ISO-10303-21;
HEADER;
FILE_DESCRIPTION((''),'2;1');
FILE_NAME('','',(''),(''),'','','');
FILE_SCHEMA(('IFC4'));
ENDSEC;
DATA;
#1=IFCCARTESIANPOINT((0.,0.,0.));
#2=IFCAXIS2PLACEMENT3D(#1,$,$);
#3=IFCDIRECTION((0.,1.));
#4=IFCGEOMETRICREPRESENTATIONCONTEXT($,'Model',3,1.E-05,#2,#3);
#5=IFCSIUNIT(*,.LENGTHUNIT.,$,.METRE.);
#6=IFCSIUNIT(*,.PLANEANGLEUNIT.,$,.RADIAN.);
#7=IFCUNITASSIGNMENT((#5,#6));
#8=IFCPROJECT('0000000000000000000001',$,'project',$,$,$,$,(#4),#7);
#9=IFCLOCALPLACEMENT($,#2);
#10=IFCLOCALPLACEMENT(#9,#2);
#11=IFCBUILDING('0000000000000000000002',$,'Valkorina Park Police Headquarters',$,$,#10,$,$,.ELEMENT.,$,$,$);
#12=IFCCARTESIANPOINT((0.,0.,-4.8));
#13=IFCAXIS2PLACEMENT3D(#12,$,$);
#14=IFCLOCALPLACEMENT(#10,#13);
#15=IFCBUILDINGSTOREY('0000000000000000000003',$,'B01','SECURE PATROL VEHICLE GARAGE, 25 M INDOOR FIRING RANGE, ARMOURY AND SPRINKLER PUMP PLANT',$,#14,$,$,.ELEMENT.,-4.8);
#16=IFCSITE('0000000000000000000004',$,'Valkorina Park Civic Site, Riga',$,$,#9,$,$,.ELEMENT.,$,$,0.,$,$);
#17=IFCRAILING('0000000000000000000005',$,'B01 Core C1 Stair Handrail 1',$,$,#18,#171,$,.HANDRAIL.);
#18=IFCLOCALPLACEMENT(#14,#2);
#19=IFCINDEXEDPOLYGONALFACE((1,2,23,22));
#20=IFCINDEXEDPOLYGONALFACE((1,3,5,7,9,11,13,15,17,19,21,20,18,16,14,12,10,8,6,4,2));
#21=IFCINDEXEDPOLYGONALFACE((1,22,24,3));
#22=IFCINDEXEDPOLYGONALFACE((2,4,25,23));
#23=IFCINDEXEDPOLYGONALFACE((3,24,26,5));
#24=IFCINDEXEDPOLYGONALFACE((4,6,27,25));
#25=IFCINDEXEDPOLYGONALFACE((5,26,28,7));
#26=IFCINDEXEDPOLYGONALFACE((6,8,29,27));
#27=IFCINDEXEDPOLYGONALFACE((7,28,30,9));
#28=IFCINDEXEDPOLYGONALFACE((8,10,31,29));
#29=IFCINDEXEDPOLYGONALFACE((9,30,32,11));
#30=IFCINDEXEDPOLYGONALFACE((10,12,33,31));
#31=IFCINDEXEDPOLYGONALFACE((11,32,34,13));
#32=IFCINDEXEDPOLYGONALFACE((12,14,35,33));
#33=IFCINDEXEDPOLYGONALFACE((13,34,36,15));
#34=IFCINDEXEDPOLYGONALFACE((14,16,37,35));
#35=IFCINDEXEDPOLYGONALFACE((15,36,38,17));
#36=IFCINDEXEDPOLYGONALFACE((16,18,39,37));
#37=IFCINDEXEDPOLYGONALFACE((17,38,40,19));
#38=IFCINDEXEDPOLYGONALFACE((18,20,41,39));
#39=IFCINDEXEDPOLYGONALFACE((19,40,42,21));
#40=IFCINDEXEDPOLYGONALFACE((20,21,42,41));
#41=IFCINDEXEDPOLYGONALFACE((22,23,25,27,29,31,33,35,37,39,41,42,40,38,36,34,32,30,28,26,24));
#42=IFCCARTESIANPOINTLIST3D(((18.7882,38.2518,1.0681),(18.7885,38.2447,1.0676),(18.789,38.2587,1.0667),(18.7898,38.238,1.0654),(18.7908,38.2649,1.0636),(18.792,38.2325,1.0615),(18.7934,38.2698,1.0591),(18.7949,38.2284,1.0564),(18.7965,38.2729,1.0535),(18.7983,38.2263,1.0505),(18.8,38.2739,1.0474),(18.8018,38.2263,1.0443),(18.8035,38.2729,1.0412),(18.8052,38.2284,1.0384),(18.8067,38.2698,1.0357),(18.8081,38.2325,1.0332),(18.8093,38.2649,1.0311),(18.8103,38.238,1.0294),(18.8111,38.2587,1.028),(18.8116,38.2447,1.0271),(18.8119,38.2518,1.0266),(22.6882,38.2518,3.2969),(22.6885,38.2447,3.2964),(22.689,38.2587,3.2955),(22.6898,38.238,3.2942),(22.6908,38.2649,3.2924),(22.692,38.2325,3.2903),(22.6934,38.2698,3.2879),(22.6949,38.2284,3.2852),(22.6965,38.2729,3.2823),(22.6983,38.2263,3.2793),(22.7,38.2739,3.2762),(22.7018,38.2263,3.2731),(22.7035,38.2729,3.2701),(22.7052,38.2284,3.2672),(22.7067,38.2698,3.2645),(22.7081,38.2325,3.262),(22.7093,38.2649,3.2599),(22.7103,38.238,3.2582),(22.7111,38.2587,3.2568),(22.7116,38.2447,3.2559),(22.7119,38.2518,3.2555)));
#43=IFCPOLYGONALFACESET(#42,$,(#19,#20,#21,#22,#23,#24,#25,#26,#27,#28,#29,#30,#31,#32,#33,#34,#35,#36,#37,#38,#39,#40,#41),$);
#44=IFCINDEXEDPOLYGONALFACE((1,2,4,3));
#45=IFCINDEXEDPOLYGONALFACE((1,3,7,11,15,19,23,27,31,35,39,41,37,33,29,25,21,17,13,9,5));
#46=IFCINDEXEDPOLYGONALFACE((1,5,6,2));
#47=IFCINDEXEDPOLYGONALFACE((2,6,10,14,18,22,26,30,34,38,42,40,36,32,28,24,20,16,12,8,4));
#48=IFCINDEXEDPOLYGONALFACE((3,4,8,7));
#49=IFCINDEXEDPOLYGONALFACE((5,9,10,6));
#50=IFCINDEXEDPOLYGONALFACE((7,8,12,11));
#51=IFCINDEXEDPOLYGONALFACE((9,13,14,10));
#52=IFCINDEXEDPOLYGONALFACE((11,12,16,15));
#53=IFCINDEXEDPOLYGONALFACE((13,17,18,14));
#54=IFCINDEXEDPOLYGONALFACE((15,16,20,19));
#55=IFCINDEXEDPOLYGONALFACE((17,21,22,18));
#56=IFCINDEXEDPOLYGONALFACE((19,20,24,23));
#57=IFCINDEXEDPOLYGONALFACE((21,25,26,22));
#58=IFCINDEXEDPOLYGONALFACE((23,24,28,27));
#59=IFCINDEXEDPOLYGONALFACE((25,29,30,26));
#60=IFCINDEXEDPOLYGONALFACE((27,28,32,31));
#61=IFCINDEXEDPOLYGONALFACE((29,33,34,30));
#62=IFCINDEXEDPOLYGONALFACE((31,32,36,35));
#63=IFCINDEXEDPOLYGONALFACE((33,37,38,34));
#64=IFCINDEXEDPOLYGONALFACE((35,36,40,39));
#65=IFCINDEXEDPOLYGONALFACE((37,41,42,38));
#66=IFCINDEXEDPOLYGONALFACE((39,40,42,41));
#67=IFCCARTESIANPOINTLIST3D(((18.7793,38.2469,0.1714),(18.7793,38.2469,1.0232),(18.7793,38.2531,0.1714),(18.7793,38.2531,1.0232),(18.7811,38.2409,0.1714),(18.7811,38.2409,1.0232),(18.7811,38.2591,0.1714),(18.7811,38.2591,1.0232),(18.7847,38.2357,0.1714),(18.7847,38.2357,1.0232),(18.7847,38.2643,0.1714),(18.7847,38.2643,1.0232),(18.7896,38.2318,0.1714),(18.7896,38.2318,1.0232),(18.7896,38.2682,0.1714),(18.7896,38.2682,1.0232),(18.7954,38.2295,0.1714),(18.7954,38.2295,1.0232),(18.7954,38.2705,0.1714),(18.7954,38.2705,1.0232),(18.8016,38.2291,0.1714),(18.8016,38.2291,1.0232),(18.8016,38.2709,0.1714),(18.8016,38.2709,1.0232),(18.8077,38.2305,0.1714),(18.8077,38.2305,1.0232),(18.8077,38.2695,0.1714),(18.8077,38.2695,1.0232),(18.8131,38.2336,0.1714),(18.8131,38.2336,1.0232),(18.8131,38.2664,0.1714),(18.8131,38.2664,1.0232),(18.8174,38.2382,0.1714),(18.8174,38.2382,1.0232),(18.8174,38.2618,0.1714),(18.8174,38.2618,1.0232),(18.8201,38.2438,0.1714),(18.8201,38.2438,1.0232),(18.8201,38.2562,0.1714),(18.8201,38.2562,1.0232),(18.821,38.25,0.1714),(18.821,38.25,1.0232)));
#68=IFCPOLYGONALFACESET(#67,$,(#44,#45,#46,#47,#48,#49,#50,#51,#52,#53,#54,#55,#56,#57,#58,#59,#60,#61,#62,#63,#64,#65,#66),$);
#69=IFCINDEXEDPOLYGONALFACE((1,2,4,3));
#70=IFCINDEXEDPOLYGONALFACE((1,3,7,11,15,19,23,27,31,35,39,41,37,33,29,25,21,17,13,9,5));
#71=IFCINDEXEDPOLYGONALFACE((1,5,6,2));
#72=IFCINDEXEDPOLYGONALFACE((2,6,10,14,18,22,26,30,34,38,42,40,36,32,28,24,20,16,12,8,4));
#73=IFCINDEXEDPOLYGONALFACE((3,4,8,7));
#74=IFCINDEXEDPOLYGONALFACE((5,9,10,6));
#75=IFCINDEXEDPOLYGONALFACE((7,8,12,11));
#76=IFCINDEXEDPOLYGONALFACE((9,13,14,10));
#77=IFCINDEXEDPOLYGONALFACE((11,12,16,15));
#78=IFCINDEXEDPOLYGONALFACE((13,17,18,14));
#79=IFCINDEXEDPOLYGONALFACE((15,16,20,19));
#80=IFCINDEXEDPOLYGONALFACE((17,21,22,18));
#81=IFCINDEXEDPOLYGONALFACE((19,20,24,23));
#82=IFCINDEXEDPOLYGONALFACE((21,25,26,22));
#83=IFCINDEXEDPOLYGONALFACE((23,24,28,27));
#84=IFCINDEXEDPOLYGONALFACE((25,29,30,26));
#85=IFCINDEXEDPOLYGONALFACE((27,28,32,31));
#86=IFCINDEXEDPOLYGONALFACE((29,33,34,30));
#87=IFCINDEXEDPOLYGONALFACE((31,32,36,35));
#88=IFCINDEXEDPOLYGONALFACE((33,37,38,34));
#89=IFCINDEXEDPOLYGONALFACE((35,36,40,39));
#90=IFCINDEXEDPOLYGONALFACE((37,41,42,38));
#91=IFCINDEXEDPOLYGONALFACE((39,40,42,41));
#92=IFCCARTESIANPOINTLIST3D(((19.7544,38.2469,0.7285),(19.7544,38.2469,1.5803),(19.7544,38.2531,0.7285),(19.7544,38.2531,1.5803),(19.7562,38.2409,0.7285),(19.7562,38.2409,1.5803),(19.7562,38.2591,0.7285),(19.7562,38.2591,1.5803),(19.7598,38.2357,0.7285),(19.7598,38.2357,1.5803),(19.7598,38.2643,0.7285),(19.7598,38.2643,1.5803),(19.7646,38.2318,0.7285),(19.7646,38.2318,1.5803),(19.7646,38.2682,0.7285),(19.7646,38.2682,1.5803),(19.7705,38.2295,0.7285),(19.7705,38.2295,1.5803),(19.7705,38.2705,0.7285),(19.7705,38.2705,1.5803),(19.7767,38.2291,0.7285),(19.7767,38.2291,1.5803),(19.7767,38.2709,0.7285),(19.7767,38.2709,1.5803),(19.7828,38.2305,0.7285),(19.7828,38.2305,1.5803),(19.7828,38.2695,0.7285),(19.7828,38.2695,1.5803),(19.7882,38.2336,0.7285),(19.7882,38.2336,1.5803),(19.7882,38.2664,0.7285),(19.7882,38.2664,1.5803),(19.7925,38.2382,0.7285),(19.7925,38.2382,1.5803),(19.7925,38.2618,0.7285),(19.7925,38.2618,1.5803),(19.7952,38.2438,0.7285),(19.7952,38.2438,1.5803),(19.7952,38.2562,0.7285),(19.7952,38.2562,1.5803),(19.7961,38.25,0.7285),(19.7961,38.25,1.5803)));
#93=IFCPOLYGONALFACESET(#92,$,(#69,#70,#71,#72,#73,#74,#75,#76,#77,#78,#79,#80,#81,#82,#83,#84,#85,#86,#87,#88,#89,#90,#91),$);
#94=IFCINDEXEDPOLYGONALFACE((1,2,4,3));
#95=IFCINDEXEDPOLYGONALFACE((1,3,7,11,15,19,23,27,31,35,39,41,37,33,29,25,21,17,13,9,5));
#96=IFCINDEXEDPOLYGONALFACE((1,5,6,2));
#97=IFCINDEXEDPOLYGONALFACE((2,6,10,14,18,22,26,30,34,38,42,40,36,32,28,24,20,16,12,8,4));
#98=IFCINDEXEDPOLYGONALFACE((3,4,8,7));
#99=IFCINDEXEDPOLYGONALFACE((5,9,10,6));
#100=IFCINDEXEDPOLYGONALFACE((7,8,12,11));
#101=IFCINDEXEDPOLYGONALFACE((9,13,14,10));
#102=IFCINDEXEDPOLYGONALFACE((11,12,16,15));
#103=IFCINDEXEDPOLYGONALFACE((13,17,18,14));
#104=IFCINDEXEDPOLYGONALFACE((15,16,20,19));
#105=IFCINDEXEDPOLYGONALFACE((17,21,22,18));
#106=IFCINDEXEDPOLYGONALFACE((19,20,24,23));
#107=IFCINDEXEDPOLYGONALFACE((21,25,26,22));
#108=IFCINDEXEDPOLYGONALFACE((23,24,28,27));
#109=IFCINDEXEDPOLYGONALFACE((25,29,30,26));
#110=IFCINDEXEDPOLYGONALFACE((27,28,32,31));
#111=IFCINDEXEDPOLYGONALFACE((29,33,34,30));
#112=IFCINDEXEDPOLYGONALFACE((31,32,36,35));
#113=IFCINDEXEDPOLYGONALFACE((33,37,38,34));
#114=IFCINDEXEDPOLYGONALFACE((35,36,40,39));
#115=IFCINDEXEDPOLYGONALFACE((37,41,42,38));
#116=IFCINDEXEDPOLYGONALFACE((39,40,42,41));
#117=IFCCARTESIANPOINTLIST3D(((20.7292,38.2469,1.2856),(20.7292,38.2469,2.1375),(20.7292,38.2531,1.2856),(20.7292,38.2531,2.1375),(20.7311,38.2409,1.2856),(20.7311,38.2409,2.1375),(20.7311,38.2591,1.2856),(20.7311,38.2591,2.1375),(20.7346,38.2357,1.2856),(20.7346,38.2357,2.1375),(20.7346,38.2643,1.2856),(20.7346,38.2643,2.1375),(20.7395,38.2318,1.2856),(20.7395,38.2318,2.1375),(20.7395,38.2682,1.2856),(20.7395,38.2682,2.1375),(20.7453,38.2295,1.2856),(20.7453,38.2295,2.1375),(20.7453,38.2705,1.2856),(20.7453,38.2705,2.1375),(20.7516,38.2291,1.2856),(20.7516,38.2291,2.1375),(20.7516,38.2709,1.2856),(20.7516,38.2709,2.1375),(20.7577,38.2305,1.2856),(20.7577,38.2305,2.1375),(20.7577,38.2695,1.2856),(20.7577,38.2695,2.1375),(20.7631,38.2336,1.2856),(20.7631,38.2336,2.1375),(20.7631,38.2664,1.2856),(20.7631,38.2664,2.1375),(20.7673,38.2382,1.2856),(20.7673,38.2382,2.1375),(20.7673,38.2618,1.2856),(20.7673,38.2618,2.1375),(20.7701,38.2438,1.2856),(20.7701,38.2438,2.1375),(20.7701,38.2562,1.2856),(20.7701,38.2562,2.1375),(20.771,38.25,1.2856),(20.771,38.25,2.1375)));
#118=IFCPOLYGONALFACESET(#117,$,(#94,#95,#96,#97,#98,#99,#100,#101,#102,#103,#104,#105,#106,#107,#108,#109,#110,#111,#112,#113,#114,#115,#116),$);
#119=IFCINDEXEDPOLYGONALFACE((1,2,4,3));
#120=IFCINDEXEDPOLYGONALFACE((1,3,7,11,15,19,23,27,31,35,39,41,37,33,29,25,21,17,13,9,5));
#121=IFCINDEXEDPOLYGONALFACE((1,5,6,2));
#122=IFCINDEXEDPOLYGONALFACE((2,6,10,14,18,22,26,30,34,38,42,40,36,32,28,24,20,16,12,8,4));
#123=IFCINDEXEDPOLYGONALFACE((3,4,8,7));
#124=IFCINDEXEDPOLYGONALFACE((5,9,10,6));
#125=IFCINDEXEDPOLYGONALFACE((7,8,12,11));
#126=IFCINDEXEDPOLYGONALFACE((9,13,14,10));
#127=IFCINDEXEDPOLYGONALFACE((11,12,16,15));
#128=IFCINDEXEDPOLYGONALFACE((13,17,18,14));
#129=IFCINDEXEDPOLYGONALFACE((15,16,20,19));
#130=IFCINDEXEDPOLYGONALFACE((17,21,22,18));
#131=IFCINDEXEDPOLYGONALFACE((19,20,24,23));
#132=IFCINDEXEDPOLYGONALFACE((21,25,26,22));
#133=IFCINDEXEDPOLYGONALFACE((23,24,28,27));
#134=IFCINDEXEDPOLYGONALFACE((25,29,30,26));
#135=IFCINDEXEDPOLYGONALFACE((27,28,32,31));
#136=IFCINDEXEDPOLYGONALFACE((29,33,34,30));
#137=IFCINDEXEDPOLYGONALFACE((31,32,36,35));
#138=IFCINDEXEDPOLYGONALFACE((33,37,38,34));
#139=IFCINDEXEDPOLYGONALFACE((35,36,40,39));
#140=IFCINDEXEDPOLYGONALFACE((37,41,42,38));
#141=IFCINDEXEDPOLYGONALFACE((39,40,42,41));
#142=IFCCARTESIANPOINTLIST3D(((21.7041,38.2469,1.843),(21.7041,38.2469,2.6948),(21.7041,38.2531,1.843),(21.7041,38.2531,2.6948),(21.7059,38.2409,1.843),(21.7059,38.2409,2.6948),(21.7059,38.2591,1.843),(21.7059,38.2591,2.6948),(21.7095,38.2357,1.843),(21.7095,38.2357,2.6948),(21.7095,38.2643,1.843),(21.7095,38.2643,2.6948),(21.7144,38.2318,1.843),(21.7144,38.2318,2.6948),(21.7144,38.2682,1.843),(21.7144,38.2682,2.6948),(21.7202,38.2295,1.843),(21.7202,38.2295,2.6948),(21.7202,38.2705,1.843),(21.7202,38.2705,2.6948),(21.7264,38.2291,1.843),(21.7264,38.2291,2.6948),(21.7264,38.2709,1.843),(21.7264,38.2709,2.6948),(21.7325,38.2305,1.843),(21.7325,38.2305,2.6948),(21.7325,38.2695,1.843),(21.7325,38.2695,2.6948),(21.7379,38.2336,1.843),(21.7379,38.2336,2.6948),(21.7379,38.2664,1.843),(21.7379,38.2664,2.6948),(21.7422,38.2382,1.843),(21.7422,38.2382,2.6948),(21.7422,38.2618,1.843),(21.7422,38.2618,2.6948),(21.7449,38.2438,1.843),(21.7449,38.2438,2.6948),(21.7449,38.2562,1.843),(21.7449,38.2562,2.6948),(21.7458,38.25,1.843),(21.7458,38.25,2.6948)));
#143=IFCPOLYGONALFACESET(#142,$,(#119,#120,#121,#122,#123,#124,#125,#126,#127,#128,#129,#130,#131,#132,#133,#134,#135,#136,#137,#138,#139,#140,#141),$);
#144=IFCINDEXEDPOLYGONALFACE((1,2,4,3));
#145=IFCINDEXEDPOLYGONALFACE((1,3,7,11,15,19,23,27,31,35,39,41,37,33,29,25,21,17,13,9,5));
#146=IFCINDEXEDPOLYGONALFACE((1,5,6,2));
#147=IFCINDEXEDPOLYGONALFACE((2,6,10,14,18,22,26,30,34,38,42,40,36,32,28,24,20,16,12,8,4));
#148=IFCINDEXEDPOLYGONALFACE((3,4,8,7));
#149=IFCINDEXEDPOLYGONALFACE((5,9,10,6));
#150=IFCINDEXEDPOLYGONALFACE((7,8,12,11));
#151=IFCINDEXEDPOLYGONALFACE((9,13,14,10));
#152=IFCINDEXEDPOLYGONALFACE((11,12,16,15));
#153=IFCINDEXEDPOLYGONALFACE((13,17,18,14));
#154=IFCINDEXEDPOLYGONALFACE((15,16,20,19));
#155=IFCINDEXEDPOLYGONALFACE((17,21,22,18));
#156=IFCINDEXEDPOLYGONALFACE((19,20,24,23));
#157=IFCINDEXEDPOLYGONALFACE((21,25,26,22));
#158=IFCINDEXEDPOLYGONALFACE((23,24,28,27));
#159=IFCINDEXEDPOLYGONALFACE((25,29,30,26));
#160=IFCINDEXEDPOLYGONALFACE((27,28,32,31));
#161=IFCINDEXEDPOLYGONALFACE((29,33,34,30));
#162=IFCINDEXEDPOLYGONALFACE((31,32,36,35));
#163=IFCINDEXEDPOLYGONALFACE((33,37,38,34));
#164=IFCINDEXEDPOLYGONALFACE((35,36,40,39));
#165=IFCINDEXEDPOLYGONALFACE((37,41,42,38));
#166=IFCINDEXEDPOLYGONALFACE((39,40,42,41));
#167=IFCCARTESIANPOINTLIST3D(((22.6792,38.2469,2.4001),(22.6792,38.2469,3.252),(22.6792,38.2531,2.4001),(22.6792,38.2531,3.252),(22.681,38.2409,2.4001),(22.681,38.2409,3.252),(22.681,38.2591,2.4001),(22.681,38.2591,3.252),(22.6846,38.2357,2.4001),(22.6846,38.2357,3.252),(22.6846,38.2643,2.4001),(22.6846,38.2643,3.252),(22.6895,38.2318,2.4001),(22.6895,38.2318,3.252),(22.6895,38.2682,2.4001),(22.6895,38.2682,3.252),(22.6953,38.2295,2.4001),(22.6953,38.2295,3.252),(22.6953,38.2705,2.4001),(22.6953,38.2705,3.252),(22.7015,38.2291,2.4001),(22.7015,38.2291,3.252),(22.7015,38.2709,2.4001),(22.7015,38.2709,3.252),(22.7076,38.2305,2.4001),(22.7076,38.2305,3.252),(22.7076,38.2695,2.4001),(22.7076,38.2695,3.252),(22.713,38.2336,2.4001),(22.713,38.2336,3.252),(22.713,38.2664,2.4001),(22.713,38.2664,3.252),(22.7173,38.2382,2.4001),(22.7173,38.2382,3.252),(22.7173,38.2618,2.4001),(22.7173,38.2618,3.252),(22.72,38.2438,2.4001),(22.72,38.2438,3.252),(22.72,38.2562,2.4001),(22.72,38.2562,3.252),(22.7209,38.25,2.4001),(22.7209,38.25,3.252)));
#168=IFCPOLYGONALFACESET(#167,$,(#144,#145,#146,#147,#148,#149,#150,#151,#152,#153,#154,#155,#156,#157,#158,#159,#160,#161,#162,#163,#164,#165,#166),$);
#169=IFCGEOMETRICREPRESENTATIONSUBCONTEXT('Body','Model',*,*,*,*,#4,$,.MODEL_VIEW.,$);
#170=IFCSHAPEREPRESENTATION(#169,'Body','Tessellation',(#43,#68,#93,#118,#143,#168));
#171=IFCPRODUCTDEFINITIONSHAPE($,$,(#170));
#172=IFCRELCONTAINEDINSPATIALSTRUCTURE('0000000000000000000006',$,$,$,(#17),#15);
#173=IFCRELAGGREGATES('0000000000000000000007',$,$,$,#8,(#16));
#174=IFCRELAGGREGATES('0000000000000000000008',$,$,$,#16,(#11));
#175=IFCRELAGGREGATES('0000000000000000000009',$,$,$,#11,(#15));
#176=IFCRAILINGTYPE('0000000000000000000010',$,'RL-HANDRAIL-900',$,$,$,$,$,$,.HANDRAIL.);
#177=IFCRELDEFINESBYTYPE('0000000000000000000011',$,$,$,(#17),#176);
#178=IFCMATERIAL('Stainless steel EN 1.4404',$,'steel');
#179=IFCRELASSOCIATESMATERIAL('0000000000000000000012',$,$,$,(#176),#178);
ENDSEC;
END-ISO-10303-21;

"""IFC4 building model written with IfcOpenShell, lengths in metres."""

from ifc_helpers import new_model, si_unit, direction, frame, origin, origin_2d, place, context, subcontext, project, spatial, circle, extrude, material, type_object, element, save


model = new_model("IFC4")

# Units and contexts
model_context = context("Model", 3, precision=1e-05, world=origin(), true_north=direction((0.0, 1.0)))
body_context = subcontext(model_context, "Body", "Model", "MODEL_VIEW")
ifc_project = project(units=[si_unit("LENGTHUNIT", "METRE"), si_unit("PLANEANGLEUNIT", "RADIAN")], contexts=[model_context])

# Site, building, storey
site_placement = place(None, origin())
site = spatial("IfcSite", under=ifc_project, at=site_placement, Name="Valkorina Park Civic Site, Riga", CompositionType="ELEMENT", RefElevation=0.0)
building_placement = place(site_placement, origin())
building = spatial("IfcBuilding", under=site, at=building_placement, Name="Valkorina Park Police Headquarters", CompositionType="ELEMENT")
storey_placement = place(building_placement, frame((0.0, 0.0, -4.8)))
storey = spatial("IfcBuildingStorey", under=building, at=storey_placement, Name="B01", Description="SECURE PATROL VEHICLE GARAGE, 25 M INDOOR FIRING RANGE, ARMOURY AND SPRINKLER PUMP PLANT", CompositionType="ELEMENT", Elevation=-4.8)

# Shared definitions
ifc_material_1 = material(Name="Stainless steel EN 1.4404", Category="steel")

# Railing
railing_type_1 = type_object("IfcRailingType", Name="RL-HANDRAIL-900", PredefinedType="HANDRAIL", material=ifc_material_1)
railing_1_placement = place(storey_placement, frame((18.8, 38.25, 0.1714)))
element("IfcRailing", 1, at=railing_1_placement, inside=storey, type_object=railing_type_1, Name="B01 Core C1 Stair Handrail 1", PredefinedType="HANDRAIL", context=body_context, shape_type="SweptSolid", body=[
    extrude(circle(Radius=0.0239, at=origin_2d()), frame((0.0, 0.0, 0.876), z_axis=(0.86822, 0.0, 0.49618), x_axis=(0.0, 1.0, 0.0)), (0.0, 0.0, 1.0), 4.4919),
    extrude(circle(Radius=0.021, at=origin_2d()), origin(), (0.0, 0.0, 1.0), 0.8518),
    extrude(circle(Radius=0.021, at=origin_2d()), frame((0.9751, 0.0, 0.5571)), (0.0, 0.0, 1.0), 0.8518),
    extrude(circle(Radius=0.021, at=origin_2d()), frame((1.95, 0.0, 1.1143)), (0.0, 0.0, 1.0), 0.8518),
    extrude(circle(Radius=0.021, at=origin_2d()), frame((2.9248, 0.0, 1.6716)), (0.0, 0.0, 1.0), 0.8518),
    extrude(circle(Radius=0.021, at=origin_2d()), frame((3.8999, 0.0, 2.2288)), (0.0, 0.0, 1.0), 0.8518),
])

save(model, "model.ifc")
